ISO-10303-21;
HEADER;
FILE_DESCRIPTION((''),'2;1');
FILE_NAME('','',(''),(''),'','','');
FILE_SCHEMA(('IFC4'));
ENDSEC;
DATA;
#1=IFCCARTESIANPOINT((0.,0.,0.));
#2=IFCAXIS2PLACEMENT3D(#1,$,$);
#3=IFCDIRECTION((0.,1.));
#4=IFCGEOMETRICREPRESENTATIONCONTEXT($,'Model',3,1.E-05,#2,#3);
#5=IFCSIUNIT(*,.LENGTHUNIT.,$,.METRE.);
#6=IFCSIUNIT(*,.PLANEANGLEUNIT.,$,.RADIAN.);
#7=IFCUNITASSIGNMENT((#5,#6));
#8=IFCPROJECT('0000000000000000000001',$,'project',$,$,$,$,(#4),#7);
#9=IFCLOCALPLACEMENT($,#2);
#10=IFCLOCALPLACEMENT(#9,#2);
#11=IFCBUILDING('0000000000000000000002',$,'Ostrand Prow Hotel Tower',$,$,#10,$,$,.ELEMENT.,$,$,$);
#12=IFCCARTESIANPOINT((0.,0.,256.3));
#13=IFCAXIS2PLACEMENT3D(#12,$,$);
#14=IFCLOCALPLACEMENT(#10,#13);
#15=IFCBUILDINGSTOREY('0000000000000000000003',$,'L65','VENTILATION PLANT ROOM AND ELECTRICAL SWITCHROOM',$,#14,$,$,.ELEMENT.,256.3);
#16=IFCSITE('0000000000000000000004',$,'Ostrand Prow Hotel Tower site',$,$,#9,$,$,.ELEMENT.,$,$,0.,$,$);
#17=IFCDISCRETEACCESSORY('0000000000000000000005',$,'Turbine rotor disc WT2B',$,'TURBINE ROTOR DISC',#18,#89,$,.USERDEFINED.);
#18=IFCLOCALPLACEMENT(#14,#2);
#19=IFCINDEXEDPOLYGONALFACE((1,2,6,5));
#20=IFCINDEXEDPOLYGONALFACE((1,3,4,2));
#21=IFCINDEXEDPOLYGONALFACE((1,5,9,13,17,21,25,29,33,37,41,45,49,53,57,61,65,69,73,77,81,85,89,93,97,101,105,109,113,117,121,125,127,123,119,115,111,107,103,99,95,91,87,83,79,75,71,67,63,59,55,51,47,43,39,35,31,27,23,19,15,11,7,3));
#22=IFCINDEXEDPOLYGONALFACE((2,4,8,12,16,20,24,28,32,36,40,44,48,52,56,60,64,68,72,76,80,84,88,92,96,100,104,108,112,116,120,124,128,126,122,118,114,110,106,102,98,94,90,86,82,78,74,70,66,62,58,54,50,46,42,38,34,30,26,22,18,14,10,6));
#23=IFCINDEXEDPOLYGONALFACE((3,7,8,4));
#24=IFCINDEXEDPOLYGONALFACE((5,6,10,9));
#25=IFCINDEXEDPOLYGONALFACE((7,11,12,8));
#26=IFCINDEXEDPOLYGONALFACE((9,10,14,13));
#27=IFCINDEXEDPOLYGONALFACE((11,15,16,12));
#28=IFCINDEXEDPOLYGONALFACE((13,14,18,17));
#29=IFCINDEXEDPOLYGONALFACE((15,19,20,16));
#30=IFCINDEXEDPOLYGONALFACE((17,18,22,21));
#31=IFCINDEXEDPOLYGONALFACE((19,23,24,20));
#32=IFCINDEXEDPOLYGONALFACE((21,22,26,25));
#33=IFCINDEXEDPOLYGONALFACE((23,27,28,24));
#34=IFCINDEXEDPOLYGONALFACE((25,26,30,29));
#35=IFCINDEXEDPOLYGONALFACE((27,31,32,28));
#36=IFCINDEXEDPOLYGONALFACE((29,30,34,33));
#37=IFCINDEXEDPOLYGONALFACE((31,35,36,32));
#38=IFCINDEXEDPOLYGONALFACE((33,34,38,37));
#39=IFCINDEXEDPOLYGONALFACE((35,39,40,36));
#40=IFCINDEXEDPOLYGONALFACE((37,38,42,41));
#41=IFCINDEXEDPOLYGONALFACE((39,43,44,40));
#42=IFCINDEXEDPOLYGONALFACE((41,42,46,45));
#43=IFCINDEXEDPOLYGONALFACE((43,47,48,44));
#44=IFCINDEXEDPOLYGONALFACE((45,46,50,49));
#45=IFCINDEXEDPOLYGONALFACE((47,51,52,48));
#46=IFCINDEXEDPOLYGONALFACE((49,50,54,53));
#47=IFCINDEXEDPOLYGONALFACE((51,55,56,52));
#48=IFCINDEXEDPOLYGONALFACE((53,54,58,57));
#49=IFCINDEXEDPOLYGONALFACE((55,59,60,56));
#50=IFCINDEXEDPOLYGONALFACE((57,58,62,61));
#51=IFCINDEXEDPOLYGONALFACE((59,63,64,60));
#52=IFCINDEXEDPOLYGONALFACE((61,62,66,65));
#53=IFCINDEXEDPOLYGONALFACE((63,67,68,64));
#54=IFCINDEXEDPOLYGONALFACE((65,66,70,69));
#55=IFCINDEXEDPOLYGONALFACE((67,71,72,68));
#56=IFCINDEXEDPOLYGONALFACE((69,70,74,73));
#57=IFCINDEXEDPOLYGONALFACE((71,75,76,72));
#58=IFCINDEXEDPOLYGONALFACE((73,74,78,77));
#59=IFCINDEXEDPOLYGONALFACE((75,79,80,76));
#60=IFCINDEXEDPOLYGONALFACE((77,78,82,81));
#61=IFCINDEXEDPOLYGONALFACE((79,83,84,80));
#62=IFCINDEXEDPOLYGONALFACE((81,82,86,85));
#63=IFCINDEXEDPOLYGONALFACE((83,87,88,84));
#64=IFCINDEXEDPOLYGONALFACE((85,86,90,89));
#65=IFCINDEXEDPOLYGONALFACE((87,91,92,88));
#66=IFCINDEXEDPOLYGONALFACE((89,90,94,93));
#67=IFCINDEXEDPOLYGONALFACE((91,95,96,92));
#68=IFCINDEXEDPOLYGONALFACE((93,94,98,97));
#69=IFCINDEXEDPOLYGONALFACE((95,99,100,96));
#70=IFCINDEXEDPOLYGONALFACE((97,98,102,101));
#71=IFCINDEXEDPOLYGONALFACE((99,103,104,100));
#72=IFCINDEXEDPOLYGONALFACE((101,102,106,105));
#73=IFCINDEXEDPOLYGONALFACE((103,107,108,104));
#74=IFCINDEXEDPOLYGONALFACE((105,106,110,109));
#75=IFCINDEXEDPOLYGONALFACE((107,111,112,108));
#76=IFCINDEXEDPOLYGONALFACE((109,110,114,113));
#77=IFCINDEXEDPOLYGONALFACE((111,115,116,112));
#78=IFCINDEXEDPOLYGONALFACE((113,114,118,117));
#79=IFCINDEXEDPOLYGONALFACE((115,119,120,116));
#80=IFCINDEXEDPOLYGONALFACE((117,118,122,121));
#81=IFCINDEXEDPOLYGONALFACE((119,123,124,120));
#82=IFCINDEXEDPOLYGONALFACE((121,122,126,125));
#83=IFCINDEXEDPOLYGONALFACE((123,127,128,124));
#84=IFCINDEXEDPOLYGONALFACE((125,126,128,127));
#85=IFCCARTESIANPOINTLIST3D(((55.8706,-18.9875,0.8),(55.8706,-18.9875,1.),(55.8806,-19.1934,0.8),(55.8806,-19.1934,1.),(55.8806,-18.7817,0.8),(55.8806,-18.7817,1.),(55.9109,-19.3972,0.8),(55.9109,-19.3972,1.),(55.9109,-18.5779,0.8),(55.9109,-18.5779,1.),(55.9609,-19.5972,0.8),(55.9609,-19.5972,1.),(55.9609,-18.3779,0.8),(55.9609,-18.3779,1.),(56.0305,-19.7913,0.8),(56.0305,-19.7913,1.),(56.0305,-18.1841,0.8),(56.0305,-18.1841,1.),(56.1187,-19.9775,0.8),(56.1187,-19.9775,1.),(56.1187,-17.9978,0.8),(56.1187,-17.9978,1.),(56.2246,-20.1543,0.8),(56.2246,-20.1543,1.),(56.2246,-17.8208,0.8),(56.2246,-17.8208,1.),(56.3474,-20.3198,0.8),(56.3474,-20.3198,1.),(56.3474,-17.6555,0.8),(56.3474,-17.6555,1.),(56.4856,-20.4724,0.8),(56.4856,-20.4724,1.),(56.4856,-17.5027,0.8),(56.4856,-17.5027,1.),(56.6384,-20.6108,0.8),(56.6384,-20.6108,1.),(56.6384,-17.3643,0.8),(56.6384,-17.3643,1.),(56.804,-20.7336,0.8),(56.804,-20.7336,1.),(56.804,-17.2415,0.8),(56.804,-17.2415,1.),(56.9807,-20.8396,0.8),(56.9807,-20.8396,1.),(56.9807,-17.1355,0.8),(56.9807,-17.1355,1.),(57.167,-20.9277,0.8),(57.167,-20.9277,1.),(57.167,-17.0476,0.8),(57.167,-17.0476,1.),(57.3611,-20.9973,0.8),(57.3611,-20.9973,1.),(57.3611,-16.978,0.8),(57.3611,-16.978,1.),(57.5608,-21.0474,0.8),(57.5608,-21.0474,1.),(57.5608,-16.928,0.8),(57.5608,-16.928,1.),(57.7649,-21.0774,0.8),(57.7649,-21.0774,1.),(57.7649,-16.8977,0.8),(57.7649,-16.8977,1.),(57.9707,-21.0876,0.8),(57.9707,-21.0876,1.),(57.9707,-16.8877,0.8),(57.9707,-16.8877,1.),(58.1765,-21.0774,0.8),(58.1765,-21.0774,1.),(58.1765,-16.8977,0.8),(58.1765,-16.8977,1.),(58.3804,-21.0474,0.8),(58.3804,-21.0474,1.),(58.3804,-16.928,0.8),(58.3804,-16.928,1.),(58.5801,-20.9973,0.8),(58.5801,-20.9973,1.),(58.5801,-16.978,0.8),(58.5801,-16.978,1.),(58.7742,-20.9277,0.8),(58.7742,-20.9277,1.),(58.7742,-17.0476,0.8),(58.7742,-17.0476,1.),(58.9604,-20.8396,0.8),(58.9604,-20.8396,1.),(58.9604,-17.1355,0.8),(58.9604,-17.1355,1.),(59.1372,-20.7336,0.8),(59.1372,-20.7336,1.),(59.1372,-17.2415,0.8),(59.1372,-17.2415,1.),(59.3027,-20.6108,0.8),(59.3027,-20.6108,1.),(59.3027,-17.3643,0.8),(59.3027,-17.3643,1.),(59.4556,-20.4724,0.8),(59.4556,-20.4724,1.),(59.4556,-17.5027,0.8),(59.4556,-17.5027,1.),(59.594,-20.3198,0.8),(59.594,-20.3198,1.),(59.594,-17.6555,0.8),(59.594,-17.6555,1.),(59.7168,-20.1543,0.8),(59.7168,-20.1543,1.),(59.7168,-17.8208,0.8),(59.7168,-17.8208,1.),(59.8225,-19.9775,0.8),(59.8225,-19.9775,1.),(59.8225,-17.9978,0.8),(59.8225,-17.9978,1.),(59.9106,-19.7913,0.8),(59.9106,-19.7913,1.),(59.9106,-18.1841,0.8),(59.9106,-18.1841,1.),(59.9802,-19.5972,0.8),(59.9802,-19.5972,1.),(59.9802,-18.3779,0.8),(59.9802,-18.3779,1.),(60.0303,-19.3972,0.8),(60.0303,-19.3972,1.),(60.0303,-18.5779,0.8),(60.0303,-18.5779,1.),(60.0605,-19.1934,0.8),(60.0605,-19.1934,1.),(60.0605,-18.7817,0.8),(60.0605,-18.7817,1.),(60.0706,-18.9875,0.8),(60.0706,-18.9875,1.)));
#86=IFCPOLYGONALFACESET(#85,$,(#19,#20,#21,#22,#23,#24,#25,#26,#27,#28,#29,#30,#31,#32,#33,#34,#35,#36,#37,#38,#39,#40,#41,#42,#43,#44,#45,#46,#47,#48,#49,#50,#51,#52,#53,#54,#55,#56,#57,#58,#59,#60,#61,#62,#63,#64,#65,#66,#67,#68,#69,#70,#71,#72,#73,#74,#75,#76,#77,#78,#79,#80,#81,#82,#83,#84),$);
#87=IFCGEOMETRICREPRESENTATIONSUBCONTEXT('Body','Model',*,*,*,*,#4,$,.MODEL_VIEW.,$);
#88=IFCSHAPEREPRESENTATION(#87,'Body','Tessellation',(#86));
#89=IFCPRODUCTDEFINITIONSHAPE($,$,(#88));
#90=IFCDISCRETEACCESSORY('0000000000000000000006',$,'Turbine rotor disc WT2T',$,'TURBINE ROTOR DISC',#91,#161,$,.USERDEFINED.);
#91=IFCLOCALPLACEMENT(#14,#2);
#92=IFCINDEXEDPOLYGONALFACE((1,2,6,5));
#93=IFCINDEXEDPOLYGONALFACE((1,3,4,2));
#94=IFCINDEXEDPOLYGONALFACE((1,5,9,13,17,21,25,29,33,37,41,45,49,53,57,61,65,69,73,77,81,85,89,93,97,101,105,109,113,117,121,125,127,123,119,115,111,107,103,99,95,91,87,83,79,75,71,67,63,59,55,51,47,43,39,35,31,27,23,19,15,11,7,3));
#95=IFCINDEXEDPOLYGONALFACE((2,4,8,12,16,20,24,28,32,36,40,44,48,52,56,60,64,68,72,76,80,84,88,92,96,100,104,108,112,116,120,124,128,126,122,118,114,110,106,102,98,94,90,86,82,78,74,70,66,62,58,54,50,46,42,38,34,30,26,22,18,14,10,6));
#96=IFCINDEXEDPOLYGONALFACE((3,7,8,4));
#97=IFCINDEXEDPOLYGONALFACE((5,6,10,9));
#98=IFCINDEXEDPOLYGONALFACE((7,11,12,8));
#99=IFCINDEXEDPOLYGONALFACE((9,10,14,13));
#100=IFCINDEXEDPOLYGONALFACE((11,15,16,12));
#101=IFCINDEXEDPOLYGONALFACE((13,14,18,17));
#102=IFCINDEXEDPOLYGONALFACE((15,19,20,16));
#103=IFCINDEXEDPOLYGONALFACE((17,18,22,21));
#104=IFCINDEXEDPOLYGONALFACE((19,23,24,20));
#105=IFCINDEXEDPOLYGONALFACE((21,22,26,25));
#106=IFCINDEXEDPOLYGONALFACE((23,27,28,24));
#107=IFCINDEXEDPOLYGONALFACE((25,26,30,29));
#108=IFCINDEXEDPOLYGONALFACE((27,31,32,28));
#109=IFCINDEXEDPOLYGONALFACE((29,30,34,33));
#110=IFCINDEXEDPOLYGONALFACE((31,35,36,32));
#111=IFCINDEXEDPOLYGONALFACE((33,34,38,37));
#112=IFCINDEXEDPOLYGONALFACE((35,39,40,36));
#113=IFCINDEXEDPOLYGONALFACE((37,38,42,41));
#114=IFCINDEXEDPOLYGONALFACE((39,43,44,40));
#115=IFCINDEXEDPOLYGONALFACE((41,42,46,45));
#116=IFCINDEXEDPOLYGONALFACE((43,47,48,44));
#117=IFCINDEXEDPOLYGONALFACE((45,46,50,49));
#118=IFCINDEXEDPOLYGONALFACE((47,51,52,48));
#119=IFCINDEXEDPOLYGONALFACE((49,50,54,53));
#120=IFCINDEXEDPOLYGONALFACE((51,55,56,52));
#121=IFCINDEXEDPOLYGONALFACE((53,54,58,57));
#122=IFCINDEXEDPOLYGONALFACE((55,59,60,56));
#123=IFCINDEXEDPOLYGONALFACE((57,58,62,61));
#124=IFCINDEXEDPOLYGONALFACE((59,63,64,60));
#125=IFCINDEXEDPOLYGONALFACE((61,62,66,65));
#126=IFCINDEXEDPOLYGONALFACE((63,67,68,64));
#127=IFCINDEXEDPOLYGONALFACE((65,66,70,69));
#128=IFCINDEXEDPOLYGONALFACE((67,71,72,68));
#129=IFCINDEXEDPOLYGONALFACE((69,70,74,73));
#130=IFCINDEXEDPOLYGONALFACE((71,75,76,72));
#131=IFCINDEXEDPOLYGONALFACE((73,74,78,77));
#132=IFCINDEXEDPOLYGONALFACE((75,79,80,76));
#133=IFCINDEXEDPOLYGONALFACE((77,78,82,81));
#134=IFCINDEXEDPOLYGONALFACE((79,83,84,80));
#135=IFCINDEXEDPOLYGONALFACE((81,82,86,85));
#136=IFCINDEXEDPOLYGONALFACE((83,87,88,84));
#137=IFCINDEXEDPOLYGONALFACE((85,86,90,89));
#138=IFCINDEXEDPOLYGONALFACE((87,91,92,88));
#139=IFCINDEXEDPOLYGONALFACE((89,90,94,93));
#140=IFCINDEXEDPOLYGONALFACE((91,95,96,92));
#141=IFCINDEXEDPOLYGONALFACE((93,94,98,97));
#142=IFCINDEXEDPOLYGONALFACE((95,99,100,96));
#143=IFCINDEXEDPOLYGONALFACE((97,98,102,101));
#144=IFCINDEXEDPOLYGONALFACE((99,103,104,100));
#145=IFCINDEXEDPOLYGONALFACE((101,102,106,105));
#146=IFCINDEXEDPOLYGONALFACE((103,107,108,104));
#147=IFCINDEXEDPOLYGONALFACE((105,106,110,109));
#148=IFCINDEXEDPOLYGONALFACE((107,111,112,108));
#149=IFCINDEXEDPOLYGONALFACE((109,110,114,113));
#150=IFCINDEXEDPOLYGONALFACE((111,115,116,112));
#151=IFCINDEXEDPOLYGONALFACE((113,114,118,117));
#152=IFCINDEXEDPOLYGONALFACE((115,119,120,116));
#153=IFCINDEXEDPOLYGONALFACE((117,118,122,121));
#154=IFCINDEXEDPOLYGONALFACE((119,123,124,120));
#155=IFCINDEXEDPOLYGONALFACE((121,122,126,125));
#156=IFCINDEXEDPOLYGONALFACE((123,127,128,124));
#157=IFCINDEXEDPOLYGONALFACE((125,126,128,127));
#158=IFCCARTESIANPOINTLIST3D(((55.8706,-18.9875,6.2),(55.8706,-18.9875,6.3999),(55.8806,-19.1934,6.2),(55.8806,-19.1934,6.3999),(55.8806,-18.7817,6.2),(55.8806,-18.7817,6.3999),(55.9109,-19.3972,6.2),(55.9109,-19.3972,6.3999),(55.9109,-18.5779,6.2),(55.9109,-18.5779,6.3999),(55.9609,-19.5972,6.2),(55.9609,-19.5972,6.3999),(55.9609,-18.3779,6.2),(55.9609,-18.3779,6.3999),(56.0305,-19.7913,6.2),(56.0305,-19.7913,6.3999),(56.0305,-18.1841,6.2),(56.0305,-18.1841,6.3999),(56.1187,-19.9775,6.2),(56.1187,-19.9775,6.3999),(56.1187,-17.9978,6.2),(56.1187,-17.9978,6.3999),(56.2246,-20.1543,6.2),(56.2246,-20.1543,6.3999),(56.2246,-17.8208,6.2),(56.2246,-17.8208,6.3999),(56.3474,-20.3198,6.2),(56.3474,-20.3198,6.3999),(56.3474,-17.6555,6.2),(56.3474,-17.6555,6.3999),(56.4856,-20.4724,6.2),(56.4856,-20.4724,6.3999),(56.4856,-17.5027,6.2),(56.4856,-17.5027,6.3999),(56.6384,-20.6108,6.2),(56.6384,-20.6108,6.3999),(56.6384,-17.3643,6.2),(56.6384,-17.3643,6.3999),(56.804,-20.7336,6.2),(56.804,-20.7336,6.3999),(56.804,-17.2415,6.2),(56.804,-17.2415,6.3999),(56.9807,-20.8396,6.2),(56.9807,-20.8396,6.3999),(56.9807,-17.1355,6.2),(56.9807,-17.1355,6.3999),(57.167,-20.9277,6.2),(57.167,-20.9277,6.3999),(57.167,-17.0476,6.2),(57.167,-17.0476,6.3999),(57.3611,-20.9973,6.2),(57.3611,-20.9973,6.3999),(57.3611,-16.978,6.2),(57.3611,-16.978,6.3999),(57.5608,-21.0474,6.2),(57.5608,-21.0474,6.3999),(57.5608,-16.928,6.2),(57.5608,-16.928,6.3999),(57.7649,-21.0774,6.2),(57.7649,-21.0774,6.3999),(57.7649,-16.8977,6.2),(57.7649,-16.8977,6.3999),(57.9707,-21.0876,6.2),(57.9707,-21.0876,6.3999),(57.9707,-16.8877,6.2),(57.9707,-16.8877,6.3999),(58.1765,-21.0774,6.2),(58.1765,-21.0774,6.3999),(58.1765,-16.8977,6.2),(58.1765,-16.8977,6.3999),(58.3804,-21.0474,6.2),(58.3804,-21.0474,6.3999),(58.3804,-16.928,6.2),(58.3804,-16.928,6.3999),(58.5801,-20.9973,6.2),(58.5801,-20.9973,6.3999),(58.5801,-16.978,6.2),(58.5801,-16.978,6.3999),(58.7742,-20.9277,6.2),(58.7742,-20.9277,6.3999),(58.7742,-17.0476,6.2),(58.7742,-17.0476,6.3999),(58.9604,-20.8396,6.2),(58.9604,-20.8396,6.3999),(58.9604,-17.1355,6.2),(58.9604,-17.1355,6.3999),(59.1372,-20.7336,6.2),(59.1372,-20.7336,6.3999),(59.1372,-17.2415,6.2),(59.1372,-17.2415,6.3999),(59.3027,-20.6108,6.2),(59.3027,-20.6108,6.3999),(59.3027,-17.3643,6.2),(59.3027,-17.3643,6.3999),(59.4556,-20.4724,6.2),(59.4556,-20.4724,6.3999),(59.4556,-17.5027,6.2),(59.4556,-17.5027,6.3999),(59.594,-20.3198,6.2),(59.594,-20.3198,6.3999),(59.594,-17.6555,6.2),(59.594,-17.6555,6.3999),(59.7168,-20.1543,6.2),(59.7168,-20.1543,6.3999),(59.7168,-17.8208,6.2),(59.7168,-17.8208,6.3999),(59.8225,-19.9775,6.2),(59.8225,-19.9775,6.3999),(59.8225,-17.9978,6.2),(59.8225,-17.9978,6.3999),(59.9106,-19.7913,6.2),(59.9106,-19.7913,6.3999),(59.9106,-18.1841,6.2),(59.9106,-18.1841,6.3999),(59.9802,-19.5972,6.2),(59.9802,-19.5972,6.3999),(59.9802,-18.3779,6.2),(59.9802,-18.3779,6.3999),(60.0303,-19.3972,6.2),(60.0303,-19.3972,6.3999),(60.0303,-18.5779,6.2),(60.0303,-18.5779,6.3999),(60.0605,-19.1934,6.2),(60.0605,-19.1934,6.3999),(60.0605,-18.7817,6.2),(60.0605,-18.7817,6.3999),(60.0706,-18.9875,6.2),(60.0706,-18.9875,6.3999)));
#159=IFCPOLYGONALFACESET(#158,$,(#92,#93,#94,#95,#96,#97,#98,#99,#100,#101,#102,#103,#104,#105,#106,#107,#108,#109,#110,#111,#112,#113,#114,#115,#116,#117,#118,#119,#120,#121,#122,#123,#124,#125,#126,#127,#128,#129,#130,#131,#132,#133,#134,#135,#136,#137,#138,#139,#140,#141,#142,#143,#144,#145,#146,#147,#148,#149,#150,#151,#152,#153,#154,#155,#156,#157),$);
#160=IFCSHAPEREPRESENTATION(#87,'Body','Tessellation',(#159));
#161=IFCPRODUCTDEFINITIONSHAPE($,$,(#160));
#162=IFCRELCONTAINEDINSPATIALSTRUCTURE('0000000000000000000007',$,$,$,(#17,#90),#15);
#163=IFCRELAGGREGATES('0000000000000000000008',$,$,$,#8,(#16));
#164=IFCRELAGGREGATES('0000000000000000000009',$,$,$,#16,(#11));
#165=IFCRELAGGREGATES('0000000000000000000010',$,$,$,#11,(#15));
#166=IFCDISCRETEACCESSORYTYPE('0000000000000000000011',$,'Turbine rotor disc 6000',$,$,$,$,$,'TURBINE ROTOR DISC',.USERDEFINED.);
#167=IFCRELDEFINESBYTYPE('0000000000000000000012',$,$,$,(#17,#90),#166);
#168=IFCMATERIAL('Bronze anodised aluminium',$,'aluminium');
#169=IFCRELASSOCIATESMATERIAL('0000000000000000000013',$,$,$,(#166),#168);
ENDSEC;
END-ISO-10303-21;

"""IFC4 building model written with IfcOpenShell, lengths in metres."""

from ifc_helpers import new_model, si_unit, direction, frame, origin, place, context, subcontext, project, spatial, polyline, outline, extrude, material, type_object, element, save


model = new_model("IFC4")

# Units and contexts
model_context = context("Model", 3, precision=1e-05, world=origin(), true_north=direction((0.0, 1.0)))
body_context = subcontext(model_context, "Body", "Model", "MODEL_VIEW")
ifc_project = project(units=[si_unit("LENGTHUNIT", "METRE"), si_unit("PLANEANGLEUNIT", "RADIAN")], contexts=[model_context])

# Site, building, storey
site_placement = place(None, origin())
site = spatial("IfcSite", under=ifc_project, at=site_placement, Name="Ostrand Prow Hotel Tower site", CompositionType="ELEMENT", RefElevation=0.0)
building_placement = place(site_placement, origin())
building = spatial("IfcBuilding", under=site, at=building_placement, Name="Ostrand Prow Hotel Tower", CompositionType="ELEMENT")
storey_placement = place(building_placement, frame((0.0, 0.0, 256.3)))
storey = spatial("IfcBuildingStorey", under=building, at=storey_placement, Name="L65", Description="VENTILATION PLANT ROOM AND ELECTRICAL SWITCHROOM", CompositionType="ELEMENT", Elevation=256.3)

# Discrete accessories
ifc_material_1 = material(Name="Bronze anodised aluminium", Category="aluminium")
discrete_accessory_type = type_object("IfcDiscreteAccessoryType", Name="Turbine rotor disc 6000", ElementType="TURBINE ROTOR DISC", PredefinedType="USERDEFINED", material=ifc_material_1)
discrete_accessory_1_placement = place(storey_placement, frame((0.0, 0.0, 0.8)))
element("IfcDiscreteAccessory", 1, at=discrete_accessory_1_placement, inside=storey, type_object=discrete_accessory_type, Name="Turbine rotor disc WT2B", ObjectType="TURBINE ROTOR DISC", PredefinedType="USERDEFINED", context=body_context, shape_type="SweptSolid", body=[
    extrude(outline(polyline([(60.0706, -18.9875), (60.0605, -19.1934), (60.0303, -19.3972), (59.9802, -19.5972), (59.9106, -19.7913), (59.8225, -19.9775), (59.7168, -20.1543), (59.594, -20.3198), (59.4556, -20.4724), (59.3027, -20.6108), (59.1372, -20.7336), (58.9604, -20.8396), (58.7742, -20.9277), (58.5801, -20.9973), (58.3804, -21.0474), (58.1765, -21.0774), (57.9707, -21.0876), (57.7649, -21.0774), (57.5608, -21.0474), (57.3611, -20.9973), (57.167, -20.9277), (56.9807, -20.8396), (56.804, -20.7336), (56.6384, -20.6108), (56.4856, -20.4724), (56.3474, -20.3198), (56.2246, -20.1543), (56.1187, -19.9775), (56.0305, -19.7913), (55.9609, -19.5972), (55.9109, -19.3972), (55.8806, -19.1934), (55.8706, -18.9875), (55.8806, -18.7817), (55.9109, -18.5779), (55.9609, -18.3779), (56.0305, -18.1841), (56.1187, -17.9978), (56.2246, -17.8208), (56.3474, -17.6555), (56.4856, -17.5027), (56.6384, -17.3643), (56.804, -17.2415), (56.9807, -17.1355), (57.167, -17.0476), (57.3611, -16.978), (57.5608, -16.928), (57.7649, -16.8977), (57.9707, -16.8877), (58.1765, -16.8977), (58.3804, -16.928), (58.5801, -16.978), (58.7742, -17.0476), (58.9604, -17.1355), (59.1372, -17.2415), (59.3027, -17.3643), (59.4556, -17.5027), (59.594, -17.6555), (59.7168, -17.8208), (59.8225, -17.9978), (59.9106, -18.1841), (59.9802, -18.3779), (60.0303, -18.5779), (60.0605, -18.7817), (60.0706, -18.9875)])), origin(), (0.0, 0.0, 1.0), 0.2),
])
discrete_accessory_2_placement = place(storey_placement, frame((0.0, 0.0, 6.2)))
element("IfcDiscreteAccessory", 2, at=discrete_accessory_2_placement, inside=storey, type_object=discrete_accessory_type, Name="Turbine rotor disc WT2T", ObjectType="TURBINE ROTOR DISC", PredefinedType="USERDEFINED", context=body_context, shape_type="SweptSolid", body=[
    extrude(outline(polyline([(60.0706, -18.9875), (60.0605, -19.1934), (60.0303, -19.3972), (59.9802, -19.5972), (59.9106, -19.7913), (59.8225, -19.9775), (59.7168, -20.1543), (59.594, -20.3198), (59.4556, -20.4724), (59.3027, -20.6108), (59.1372, -20.7336), (58.9604, -20.8396), (58.7742, -20.9277), (58.5801, -20.9973), (58.3804, -21.0474), (58.1765, -21.0774), (57.9707, -21.0876), (57.7649, -21.0774), (57.5608, -21.0474), (57.3611, -20.9973), (57.167, -20.9277), (56.9807, -20.8396), (56.804, -20.7336), (56.6384, -20.6108), (56.4856, -20.4724), (56.3474, -20.3198), (56.2246, -20.1543), (56.1187, -19.9775), (56.0305, -19.7913), (55.9609, -19.5972), (55.9109, -19.3972), (55.8806, -19.1934), (55.8706, -18.9875), (55.8806, -18.7817), (55.9109, -18.5779), (55.9609, -18.3779), (56.0305, -18.1841), (56.1187, -17.9978), (56.2246, -17.8208), (56.3474, -17.6555), (56.4856, -17.5027), (56.6384, -17.3643), (56.804, -17.2415), (56.9807, -17.1355), (57.167, -17.0476), (57.3611, -16.978), (57.5608, -16.928), (57.7649, -16.8977), (57.9707, -16.8877), (58.1765, -16.8977), (58.3804, -16.928), (58.5801, -16.978), (58.7742, -17.0476), (58.9604, -17.1355), (59.1372, -17.2415), (59.3027, -17.3643), (59.4556, -17.5027), (59.594, -17.6555), (59.7168, -17.8208), (59.8225, -17.9978), (59.9106, -18.1841), (59.9802, -18.3779), (60.0303, -18.5779), (60.0605, -18.7817), (60.0706, -18.9875)])), origin(), (0.0, 0.0, 1.0), 0.2),
])

save(model, "model.ifc")
